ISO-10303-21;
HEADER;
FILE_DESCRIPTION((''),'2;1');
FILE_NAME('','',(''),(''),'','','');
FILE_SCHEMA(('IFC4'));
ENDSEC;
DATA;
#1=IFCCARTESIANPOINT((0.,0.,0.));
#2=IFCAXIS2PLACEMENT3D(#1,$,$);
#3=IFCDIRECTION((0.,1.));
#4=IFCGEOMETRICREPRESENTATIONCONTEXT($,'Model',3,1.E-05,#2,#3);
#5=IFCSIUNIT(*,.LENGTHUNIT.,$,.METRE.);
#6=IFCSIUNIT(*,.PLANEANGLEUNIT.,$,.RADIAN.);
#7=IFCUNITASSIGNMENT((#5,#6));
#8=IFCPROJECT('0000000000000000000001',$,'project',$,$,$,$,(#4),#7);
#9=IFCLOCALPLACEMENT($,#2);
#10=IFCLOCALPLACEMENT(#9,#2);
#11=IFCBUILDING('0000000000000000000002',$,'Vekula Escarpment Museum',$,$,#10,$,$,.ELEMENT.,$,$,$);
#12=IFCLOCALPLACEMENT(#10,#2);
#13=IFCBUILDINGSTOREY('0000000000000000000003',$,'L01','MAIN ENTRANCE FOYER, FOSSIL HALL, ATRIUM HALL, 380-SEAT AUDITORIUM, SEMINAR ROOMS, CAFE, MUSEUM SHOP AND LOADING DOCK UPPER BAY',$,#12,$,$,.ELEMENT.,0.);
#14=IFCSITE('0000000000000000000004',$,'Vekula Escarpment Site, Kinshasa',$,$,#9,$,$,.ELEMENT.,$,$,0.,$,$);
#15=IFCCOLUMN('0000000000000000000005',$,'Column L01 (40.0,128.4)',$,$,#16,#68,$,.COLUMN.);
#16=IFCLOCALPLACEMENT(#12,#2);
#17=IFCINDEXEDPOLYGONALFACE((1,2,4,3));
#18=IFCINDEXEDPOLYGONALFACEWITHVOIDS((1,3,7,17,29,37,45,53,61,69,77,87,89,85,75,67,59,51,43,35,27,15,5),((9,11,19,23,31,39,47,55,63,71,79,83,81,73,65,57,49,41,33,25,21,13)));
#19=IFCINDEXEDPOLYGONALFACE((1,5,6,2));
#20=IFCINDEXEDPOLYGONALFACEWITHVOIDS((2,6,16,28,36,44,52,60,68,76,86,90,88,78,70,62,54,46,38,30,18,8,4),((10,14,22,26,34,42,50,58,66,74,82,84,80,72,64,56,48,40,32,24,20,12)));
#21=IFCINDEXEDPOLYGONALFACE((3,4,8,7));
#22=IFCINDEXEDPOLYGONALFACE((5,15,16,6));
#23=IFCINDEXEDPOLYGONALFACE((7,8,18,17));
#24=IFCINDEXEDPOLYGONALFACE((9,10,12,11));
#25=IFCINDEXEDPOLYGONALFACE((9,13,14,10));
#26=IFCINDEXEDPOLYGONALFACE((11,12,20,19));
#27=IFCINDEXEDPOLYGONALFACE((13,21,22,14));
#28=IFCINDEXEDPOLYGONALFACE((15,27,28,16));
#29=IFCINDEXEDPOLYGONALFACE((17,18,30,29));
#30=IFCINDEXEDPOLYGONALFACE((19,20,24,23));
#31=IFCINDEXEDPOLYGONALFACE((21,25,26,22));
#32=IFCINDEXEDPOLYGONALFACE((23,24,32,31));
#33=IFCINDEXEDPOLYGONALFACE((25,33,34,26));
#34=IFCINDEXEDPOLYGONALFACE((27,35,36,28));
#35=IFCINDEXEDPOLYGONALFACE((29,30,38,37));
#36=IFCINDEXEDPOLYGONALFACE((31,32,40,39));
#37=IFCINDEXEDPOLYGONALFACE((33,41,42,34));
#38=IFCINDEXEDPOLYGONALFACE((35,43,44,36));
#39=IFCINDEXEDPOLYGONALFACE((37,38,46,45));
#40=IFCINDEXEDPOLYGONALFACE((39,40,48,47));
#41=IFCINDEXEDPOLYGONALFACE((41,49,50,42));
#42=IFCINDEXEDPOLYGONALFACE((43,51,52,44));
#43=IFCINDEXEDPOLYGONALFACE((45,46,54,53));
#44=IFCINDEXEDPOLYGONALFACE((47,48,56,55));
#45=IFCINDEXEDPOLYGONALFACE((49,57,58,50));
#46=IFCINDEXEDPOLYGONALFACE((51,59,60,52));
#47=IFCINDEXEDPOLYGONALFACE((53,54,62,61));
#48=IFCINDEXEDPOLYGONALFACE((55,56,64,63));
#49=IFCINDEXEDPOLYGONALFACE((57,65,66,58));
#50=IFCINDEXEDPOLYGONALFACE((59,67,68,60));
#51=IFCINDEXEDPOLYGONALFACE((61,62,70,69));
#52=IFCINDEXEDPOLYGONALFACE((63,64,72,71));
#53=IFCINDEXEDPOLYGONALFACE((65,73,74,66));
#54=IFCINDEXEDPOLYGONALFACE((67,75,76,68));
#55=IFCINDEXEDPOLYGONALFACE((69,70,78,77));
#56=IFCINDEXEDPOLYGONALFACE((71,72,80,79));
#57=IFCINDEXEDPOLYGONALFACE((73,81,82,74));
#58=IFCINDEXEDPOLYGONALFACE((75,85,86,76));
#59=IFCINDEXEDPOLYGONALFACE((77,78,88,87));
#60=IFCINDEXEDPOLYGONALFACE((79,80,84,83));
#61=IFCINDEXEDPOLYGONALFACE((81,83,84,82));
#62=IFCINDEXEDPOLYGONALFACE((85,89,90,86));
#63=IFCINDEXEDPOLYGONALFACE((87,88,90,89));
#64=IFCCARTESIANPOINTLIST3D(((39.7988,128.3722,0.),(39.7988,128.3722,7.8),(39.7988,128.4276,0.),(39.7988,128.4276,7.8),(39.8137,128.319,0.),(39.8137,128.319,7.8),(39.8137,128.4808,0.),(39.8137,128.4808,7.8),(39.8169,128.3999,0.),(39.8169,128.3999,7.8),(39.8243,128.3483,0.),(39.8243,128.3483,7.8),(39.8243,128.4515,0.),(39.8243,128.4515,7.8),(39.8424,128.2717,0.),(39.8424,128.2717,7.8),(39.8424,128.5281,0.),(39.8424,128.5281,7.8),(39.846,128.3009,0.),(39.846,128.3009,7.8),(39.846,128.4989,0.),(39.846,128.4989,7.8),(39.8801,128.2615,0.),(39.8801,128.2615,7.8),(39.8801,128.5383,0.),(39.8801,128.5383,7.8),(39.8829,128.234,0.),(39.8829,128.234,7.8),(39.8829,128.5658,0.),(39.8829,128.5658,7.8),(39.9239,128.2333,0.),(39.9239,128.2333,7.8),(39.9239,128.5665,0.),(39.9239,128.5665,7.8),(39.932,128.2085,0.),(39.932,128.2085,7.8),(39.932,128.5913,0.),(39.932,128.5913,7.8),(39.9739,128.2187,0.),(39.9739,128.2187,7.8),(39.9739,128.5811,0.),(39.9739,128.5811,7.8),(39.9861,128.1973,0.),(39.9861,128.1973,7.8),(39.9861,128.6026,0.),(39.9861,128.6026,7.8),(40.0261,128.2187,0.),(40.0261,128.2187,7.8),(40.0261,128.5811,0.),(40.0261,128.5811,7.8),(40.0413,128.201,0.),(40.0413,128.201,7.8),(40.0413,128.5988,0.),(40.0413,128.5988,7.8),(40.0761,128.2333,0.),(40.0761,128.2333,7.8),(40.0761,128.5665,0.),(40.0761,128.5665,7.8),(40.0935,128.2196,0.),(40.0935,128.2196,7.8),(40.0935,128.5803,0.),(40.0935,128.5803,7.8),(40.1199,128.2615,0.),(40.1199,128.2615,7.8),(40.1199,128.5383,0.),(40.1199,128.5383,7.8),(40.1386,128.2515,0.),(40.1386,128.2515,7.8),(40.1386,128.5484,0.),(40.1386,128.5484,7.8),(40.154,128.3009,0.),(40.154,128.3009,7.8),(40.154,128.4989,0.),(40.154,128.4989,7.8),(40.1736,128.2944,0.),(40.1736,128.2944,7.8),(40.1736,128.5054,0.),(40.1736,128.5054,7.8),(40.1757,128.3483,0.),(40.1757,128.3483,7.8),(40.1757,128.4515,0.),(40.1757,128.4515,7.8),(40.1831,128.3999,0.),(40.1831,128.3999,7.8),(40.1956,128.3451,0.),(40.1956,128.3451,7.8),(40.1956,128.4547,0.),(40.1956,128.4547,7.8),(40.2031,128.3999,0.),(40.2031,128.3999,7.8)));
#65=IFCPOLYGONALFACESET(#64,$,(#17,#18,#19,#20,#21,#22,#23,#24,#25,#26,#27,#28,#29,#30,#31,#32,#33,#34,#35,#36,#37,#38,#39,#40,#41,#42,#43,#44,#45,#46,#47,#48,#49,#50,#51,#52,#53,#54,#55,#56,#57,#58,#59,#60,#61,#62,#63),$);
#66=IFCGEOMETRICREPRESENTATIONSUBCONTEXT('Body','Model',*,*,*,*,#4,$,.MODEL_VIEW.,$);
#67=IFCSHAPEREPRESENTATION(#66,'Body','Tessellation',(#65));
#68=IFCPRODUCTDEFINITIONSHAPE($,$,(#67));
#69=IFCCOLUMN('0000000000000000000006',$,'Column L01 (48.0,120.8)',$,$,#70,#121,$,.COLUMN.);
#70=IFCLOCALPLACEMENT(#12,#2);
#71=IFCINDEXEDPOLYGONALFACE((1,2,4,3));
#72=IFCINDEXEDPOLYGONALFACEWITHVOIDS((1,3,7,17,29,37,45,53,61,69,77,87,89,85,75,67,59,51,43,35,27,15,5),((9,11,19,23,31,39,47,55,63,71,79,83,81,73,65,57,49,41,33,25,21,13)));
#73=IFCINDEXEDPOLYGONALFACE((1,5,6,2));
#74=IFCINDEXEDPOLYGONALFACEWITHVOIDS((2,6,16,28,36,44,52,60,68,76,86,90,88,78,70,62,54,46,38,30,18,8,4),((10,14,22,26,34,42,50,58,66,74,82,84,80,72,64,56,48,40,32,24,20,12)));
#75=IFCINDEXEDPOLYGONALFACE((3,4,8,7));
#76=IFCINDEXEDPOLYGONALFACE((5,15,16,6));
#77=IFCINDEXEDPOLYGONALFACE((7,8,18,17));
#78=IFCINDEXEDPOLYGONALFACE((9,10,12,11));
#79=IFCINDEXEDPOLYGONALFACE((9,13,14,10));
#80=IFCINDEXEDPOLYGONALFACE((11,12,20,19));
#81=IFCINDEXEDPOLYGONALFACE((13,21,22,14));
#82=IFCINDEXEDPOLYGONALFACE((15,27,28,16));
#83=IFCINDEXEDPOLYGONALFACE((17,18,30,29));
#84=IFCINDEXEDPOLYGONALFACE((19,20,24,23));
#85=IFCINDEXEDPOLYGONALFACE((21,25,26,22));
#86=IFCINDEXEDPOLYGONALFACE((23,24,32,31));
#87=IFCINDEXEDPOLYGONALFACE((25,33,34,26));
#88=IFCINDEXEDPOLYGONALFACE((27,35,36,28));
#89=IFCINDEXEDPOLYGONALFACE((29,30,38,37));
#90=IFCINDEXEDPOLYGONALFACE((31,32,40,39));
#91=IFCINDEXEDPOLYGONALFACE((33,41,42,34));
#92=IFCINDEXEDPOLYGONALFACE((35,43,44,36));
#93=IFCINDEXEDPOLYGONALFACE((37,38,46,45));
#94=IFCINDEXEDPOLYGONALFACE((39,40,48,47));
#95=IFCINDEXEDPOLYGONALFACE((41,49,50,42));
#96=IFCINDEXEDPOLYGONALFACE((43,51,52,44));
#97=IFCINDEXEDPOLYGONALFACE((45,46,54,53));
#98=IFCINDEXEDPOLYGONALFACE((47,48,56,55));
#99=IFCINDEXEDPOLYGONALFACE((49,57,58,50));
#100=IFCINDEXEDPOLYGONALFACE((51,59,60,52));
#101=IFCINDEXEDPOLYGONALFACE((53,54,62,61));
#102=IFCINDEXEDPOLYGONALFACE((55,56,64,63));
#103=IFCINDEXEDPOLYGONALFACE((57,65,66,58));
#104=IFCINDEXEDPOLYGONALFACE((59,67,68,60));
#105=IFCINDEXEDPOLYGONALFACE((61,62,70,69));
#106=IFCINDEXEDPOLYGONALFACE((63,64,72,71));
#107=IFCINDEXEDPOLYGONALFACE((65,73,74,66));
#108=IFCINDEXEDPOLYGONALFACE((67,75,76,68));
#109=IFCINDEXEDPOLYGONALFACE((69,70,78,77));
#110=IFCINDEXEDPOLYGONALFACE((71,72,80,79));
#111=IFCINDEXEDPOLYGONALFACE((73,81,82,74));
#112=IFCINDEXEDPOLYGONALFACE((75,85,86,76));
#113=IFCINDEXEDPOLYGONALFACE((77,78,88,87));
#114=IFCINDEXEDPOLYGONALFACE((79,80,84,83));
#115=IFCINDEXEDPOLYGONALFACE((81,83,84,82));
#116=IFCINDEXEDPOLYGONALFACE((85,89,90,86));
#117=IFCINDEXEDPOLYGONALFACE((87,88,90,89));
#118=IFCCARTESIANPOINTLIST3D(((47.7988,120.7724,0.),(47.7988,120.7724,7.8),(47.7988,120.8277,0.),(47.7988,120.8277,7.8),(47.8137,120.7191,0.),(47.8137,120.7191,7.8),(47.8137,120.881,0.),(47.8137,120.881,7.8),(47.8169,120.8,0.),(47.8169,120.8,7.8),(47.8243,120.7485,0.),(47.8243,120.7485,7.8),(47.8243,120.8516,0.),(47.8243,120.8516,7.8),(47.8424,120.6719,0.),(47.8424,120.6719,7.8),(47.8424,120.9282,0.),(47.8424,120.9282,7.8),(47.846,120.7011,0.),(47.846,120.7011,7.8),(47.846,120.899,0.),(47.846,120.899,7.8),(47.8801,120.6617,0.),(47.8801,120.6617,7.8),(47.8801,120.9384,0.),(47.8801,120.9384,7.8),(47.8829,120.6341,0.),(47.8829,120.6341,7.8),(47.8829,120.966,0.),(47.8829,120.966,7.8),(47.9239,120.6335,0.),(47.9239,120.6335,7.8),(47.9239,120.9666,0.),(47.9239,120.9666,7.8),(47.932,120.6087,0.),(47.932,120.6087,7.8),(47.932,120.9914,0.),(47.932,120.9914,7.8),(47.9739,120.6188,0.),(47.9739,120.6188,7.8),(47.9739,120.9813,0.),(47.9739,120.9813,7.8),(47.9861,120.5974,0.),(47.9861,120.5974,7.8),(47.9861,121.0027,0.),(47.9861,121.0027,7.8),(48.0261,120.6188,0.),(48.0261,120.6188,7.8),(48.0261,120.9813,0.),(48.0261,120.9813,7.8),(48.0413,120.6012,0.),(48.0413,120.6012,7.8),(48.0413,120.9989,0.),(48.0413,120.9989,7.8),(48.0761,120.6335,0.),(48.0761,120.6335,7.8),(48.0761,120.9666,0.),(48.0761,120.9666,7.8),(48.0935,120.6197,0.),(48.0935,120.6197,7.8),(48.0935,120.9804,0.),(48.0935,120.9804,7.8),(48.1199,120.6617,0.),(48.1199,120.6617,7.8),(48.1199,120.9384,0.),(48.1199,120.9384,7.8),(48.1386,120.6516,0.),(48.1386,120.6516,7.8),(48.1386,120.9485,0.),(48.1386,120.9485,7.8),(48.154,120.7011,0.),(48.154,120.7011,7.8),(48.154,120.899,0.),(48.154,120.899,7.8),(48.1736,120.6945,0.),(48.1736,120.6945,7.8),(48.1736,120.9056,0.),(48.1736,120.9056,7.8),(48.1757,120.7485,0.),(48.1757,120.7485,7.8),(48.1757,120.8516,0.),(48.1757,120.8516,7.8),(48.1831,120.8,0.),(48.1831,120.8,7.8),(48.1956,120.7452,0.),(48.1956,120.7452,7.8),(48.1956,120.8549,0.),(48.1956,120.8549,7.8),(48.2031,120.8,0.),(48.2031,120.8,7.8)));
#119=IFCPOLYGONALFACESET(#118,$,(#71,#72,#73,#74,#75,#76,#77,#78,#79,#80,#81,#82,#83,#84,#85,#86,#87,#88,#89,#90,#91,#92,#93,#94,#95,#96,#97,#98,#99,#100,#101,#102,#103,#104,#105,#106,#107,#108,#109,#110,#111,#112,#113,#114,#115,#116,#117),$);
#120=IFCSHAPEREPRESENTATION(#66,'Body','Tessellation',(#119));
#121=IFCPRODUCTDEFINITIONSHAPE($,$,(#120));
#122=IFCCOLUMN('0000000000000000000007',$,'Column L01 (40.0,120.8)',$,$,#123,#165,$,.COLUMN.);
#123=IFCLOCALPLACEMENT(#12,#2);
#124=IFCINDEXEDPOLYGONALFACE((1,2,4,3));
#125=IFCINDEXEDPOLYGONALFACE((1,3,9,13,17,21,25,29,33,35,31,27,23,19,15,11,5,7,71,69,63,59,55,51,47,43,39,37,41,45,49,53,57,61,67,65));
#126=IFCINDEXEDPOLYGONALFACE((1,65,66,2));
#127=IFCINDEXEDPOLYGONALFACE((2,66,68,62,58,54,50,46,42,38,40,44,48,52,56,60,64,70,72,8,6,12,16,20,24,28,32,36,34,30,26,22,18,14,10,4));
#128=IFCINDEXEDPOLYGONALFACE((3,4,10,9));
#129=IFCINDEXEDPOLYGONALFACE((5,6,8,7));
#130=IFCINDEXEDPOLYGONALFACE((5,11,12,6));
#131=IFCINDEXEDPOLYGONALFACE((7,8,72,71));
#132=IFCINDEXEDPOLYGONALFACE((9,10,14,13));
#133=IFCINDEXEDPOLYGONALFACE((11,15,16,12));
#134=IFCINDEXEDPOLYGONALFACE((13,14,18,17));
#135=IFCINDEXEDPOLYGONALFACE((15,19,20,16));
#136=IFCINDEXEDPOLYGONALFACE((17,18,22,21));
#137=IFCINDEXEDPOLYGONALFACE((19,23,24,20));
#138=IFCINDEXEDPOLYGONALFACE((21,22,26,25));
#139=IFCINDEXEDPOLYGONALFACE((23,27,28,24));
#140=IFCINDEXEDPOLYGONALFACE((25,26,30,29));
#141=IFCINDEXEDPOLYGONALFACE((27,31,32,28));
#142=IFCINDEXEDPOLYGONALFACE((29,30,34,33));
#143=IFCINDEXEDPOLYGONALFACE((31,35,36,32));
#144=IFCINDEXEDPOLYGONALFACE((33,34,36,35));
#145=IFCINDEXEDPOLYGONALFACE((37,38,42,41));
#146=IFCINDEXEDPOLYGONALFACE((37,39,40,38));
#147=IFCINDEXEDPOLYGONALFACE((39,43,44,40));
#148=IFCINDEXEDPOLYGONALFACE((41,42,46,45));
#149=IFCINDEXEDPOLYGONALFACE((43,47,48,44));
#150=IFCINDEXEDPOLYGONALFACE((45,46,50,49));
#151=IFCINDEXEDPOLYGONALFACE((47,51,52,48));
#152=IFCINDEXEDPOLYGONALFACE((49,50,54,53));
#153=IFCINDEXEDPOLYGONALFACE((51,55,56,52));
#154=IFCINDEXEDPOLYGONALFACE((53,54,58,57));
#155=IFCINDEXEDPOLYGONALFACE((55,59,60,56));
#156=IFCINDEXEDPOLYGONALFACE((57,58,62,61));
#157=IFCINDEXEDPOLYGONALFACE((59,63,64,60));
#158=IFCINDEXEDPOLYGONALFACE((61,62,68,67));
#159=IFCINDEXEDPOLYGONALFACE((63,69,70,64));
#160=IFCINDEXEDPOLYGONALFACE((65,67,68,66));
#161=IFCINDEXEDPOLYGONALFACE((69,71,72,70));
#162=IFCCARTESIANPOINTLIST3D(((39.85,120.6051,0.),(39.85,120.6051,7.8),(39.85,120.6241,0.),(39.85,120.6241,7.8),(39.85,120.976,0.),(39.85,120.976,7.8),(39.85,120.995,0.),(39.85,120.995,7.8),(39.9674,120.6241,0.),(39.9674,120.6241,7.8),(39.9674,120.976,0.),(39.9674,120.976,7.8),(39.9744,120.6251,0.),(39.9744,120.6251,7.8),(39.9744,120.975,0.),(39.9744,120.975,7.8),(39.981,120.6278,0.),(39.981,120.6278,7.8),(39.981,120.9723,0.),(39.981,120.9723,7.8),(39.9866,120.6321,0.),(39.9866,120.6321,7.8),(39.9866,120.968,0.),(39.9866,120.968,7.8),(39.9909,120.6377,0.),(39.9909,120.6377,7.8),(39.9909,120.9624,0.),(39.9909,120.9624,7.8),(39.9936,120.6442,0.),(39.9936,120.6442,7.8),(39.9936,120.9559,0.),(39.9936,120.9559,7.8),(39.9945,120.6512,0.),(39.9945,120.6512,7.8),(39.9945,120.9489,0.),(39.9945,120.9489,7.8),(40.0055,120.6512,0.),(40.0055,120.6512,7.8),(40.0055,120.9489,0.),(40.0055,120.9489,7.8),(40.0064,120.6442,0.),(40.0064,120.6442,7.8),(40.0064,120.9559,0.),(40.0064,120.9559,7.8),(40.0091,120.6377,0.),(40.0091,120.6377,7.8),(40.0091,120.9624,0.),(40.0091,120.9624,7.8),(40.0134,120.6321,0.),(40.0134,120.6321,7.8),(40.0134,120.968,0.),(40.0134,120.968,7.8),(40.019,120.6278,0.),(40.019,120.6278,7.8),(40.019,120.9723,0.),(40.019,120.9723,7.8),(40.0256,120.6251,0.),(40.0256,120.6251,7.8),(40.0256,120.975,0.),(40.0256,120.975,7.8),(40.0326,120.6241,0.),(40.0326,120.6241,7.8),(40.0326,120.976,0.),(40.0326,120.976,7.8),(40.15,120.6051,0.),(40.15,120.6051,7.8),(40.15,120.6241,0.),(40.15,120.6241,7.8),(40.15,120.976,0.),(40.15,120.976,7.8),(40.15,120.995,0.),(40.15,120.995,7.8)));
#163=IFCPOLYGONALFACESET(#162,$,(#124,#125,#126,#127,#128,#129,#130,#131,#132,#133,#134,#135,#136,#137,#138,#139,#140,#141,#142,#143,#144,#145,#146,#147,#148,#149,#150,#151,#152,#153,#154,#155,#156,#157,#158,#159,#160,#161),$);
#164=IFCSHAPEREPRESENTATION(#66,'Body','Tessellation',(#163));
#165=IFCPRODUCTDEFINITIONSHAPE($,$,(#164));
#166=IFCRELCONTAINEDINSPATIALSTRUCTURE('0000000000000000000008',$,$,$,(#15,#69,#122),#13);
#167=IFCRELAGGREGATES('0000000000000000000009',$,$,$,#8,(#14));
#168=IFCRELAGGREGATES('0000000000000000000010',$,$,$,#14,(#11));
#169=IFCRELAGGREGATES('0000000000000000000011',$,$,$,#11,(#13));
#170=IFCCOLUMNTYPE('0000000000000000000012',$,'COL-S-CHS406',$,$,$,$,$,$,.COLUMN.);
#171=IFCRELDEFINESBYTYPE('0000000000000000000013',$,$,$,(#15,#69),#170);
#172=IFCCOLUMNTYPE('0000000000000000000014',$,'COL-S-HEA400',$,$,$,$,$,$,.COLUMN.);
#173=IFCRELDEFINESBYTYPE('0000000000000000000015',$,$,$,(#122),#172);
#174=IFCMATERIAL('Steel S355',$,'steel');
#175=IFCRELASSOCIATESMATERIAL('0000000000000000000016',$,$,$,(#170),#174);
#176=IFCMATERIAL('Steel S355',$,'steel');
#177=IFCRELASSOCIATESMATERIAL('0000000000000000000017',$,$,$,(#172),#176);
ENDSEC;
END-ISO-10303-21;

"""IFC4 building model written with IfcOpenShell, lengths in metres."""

from ifc_helpers import new_model, si_unit, direction, frame, origin, origin_2d, place, context, subcontext, project, spatial, hollow_circle, i_section, extrude, material, material_profile, profile_set, type_object, element, save


model = new_model("IFC4")

# Units and contexts
model_context = context("Model", 3, precision=1e-05, world=origin(), true_north=direction((0.0, 1.0)))
body_context = subcontext(model_context, "Body", "Model", "MODEL_VIEW")
ifc_project = project(units=[si_unit("LENGTHUNIT", "METRE"), si_unit("PLANEANGLEUNIT", "RADIAN")], contexts=[model_context])

# Site, building, storey
site_placement = place(None, origin())
site = spatial("IfcSite", under=ifc_project, at=site_placement, Name="Vekula Escarpment Site, Kinshasa", CompositionType="ELEMENT", RefElevation=0.0)
building_placement = place(site_placement, origin())
building = spatial("IfcBuilding", under=site, at=building_placement, Name="Vekula Escarpment Museum", CompositionType="ELEMENT")
storey_placement = place(building_placement, origin())
storey = spatial("IfcBuildingStorey", under=building, at=storey_placement, Name="L01", Description="MAIN ENTRANCE FOYER, FOSSIL HALL, ATRIUM HALL, 380-SEAT AUDITORIUM, SEMINAR ROOMS, CAFE, MUSEUM SHOP AND LOADING DOCK UPPER BAY", CompositionType="ELEMENT", Elevation=0.0)

# Columns
ifc_material_1 = material(Name="Steel S355", Category="steel")
ifc_material_profile_1 = material_profile(ifc_material_1, hollow_circle(Radius=0.2031, WallThickness=0.02, at=origin_2d()), Name="CHS 406.4x20")
ifc_profile_set_1 = profile_set([ifc_material_profile_1], Name="Steel S355")
column_type_1 = type_object("IfcColumnType", Name="COL-S-CHS406", PredefinedType="COLUMN", material=ifc_profile_set_1)
for number, where, z_axis, x_axis, name in (
    (1, (40.0, 128.3999, 0.0), (0.0, 0.0, 1.0), (1.0, 0.0, 0.0), "Column L01 (40.0,128.4)"),
    (2, (48.0, 120.8, 0.0), (0.0, 0.0, 1.0), (1.0, 0.0, 0.0), "Column L01 (48.0,120.8)"),
):
    element("IfcColumn", number, at=place(storey_placement, frame(where, z_axis=z_axis, x_axis=x_axis)), inside=storey, type_object=column_type_1, Name=name, PredefinedType="COLUMN", context=body_context, shape_type="SweptSolid", body=[
        extrude(hollow_circle(Radius=0.2031, WallThickness=0.02, at=origin_2d()), origin(), (0.0, 0.0, 1.0), 7.8),
    ])
ifc_material_2 = material(Name="Steel S355", Category="steel")
ifc_material_profile_2 = material_profile(ifc_material_2, i_section(OverallWidth=0.3, OverallDepth=0.3899, WebThickness=0.011, FlangeThickness=0.019, FilletRadius=0.0271, at=origin_2d()), Name="HEA 400")
ifc_profile_set_2 = profile_set([ifc_material_profile_2], Name="Steel S355")
column_type_2 = type_object("IfcColumnType", Name="COL-S-HEA400", PredefinedType="COLUMN", material=ifc_profile_set_2)
for number, where, z_axis, x_axis, name in (
    (3, (40.0, 120.8, 0.0), (0.0, 0.0, 1.0), (1.0, 0.0, 0.0), "Column L01 (40.0,120.8)"),
):
    element("IfcColumn", number, at=place(storey_placement, frame(where, z_axis=z_axis, x_axis=x_axis)), inside=storey, type_object=column_type_2, Name=name, PredefinedType="COLUMN", context=body_context, shape_type="SweptSolid", body=[
        extrude(i_section(OverallWidth=0.3, OverallDepth=0.3899, WebThickness=0.011, FlangeThickness=0.019, FilletRadius=0.0271, at=origin_2d()), origin(), (0.0, 0.0, 1.0), 7.8),
    ])

save(model, "model.ifc")
